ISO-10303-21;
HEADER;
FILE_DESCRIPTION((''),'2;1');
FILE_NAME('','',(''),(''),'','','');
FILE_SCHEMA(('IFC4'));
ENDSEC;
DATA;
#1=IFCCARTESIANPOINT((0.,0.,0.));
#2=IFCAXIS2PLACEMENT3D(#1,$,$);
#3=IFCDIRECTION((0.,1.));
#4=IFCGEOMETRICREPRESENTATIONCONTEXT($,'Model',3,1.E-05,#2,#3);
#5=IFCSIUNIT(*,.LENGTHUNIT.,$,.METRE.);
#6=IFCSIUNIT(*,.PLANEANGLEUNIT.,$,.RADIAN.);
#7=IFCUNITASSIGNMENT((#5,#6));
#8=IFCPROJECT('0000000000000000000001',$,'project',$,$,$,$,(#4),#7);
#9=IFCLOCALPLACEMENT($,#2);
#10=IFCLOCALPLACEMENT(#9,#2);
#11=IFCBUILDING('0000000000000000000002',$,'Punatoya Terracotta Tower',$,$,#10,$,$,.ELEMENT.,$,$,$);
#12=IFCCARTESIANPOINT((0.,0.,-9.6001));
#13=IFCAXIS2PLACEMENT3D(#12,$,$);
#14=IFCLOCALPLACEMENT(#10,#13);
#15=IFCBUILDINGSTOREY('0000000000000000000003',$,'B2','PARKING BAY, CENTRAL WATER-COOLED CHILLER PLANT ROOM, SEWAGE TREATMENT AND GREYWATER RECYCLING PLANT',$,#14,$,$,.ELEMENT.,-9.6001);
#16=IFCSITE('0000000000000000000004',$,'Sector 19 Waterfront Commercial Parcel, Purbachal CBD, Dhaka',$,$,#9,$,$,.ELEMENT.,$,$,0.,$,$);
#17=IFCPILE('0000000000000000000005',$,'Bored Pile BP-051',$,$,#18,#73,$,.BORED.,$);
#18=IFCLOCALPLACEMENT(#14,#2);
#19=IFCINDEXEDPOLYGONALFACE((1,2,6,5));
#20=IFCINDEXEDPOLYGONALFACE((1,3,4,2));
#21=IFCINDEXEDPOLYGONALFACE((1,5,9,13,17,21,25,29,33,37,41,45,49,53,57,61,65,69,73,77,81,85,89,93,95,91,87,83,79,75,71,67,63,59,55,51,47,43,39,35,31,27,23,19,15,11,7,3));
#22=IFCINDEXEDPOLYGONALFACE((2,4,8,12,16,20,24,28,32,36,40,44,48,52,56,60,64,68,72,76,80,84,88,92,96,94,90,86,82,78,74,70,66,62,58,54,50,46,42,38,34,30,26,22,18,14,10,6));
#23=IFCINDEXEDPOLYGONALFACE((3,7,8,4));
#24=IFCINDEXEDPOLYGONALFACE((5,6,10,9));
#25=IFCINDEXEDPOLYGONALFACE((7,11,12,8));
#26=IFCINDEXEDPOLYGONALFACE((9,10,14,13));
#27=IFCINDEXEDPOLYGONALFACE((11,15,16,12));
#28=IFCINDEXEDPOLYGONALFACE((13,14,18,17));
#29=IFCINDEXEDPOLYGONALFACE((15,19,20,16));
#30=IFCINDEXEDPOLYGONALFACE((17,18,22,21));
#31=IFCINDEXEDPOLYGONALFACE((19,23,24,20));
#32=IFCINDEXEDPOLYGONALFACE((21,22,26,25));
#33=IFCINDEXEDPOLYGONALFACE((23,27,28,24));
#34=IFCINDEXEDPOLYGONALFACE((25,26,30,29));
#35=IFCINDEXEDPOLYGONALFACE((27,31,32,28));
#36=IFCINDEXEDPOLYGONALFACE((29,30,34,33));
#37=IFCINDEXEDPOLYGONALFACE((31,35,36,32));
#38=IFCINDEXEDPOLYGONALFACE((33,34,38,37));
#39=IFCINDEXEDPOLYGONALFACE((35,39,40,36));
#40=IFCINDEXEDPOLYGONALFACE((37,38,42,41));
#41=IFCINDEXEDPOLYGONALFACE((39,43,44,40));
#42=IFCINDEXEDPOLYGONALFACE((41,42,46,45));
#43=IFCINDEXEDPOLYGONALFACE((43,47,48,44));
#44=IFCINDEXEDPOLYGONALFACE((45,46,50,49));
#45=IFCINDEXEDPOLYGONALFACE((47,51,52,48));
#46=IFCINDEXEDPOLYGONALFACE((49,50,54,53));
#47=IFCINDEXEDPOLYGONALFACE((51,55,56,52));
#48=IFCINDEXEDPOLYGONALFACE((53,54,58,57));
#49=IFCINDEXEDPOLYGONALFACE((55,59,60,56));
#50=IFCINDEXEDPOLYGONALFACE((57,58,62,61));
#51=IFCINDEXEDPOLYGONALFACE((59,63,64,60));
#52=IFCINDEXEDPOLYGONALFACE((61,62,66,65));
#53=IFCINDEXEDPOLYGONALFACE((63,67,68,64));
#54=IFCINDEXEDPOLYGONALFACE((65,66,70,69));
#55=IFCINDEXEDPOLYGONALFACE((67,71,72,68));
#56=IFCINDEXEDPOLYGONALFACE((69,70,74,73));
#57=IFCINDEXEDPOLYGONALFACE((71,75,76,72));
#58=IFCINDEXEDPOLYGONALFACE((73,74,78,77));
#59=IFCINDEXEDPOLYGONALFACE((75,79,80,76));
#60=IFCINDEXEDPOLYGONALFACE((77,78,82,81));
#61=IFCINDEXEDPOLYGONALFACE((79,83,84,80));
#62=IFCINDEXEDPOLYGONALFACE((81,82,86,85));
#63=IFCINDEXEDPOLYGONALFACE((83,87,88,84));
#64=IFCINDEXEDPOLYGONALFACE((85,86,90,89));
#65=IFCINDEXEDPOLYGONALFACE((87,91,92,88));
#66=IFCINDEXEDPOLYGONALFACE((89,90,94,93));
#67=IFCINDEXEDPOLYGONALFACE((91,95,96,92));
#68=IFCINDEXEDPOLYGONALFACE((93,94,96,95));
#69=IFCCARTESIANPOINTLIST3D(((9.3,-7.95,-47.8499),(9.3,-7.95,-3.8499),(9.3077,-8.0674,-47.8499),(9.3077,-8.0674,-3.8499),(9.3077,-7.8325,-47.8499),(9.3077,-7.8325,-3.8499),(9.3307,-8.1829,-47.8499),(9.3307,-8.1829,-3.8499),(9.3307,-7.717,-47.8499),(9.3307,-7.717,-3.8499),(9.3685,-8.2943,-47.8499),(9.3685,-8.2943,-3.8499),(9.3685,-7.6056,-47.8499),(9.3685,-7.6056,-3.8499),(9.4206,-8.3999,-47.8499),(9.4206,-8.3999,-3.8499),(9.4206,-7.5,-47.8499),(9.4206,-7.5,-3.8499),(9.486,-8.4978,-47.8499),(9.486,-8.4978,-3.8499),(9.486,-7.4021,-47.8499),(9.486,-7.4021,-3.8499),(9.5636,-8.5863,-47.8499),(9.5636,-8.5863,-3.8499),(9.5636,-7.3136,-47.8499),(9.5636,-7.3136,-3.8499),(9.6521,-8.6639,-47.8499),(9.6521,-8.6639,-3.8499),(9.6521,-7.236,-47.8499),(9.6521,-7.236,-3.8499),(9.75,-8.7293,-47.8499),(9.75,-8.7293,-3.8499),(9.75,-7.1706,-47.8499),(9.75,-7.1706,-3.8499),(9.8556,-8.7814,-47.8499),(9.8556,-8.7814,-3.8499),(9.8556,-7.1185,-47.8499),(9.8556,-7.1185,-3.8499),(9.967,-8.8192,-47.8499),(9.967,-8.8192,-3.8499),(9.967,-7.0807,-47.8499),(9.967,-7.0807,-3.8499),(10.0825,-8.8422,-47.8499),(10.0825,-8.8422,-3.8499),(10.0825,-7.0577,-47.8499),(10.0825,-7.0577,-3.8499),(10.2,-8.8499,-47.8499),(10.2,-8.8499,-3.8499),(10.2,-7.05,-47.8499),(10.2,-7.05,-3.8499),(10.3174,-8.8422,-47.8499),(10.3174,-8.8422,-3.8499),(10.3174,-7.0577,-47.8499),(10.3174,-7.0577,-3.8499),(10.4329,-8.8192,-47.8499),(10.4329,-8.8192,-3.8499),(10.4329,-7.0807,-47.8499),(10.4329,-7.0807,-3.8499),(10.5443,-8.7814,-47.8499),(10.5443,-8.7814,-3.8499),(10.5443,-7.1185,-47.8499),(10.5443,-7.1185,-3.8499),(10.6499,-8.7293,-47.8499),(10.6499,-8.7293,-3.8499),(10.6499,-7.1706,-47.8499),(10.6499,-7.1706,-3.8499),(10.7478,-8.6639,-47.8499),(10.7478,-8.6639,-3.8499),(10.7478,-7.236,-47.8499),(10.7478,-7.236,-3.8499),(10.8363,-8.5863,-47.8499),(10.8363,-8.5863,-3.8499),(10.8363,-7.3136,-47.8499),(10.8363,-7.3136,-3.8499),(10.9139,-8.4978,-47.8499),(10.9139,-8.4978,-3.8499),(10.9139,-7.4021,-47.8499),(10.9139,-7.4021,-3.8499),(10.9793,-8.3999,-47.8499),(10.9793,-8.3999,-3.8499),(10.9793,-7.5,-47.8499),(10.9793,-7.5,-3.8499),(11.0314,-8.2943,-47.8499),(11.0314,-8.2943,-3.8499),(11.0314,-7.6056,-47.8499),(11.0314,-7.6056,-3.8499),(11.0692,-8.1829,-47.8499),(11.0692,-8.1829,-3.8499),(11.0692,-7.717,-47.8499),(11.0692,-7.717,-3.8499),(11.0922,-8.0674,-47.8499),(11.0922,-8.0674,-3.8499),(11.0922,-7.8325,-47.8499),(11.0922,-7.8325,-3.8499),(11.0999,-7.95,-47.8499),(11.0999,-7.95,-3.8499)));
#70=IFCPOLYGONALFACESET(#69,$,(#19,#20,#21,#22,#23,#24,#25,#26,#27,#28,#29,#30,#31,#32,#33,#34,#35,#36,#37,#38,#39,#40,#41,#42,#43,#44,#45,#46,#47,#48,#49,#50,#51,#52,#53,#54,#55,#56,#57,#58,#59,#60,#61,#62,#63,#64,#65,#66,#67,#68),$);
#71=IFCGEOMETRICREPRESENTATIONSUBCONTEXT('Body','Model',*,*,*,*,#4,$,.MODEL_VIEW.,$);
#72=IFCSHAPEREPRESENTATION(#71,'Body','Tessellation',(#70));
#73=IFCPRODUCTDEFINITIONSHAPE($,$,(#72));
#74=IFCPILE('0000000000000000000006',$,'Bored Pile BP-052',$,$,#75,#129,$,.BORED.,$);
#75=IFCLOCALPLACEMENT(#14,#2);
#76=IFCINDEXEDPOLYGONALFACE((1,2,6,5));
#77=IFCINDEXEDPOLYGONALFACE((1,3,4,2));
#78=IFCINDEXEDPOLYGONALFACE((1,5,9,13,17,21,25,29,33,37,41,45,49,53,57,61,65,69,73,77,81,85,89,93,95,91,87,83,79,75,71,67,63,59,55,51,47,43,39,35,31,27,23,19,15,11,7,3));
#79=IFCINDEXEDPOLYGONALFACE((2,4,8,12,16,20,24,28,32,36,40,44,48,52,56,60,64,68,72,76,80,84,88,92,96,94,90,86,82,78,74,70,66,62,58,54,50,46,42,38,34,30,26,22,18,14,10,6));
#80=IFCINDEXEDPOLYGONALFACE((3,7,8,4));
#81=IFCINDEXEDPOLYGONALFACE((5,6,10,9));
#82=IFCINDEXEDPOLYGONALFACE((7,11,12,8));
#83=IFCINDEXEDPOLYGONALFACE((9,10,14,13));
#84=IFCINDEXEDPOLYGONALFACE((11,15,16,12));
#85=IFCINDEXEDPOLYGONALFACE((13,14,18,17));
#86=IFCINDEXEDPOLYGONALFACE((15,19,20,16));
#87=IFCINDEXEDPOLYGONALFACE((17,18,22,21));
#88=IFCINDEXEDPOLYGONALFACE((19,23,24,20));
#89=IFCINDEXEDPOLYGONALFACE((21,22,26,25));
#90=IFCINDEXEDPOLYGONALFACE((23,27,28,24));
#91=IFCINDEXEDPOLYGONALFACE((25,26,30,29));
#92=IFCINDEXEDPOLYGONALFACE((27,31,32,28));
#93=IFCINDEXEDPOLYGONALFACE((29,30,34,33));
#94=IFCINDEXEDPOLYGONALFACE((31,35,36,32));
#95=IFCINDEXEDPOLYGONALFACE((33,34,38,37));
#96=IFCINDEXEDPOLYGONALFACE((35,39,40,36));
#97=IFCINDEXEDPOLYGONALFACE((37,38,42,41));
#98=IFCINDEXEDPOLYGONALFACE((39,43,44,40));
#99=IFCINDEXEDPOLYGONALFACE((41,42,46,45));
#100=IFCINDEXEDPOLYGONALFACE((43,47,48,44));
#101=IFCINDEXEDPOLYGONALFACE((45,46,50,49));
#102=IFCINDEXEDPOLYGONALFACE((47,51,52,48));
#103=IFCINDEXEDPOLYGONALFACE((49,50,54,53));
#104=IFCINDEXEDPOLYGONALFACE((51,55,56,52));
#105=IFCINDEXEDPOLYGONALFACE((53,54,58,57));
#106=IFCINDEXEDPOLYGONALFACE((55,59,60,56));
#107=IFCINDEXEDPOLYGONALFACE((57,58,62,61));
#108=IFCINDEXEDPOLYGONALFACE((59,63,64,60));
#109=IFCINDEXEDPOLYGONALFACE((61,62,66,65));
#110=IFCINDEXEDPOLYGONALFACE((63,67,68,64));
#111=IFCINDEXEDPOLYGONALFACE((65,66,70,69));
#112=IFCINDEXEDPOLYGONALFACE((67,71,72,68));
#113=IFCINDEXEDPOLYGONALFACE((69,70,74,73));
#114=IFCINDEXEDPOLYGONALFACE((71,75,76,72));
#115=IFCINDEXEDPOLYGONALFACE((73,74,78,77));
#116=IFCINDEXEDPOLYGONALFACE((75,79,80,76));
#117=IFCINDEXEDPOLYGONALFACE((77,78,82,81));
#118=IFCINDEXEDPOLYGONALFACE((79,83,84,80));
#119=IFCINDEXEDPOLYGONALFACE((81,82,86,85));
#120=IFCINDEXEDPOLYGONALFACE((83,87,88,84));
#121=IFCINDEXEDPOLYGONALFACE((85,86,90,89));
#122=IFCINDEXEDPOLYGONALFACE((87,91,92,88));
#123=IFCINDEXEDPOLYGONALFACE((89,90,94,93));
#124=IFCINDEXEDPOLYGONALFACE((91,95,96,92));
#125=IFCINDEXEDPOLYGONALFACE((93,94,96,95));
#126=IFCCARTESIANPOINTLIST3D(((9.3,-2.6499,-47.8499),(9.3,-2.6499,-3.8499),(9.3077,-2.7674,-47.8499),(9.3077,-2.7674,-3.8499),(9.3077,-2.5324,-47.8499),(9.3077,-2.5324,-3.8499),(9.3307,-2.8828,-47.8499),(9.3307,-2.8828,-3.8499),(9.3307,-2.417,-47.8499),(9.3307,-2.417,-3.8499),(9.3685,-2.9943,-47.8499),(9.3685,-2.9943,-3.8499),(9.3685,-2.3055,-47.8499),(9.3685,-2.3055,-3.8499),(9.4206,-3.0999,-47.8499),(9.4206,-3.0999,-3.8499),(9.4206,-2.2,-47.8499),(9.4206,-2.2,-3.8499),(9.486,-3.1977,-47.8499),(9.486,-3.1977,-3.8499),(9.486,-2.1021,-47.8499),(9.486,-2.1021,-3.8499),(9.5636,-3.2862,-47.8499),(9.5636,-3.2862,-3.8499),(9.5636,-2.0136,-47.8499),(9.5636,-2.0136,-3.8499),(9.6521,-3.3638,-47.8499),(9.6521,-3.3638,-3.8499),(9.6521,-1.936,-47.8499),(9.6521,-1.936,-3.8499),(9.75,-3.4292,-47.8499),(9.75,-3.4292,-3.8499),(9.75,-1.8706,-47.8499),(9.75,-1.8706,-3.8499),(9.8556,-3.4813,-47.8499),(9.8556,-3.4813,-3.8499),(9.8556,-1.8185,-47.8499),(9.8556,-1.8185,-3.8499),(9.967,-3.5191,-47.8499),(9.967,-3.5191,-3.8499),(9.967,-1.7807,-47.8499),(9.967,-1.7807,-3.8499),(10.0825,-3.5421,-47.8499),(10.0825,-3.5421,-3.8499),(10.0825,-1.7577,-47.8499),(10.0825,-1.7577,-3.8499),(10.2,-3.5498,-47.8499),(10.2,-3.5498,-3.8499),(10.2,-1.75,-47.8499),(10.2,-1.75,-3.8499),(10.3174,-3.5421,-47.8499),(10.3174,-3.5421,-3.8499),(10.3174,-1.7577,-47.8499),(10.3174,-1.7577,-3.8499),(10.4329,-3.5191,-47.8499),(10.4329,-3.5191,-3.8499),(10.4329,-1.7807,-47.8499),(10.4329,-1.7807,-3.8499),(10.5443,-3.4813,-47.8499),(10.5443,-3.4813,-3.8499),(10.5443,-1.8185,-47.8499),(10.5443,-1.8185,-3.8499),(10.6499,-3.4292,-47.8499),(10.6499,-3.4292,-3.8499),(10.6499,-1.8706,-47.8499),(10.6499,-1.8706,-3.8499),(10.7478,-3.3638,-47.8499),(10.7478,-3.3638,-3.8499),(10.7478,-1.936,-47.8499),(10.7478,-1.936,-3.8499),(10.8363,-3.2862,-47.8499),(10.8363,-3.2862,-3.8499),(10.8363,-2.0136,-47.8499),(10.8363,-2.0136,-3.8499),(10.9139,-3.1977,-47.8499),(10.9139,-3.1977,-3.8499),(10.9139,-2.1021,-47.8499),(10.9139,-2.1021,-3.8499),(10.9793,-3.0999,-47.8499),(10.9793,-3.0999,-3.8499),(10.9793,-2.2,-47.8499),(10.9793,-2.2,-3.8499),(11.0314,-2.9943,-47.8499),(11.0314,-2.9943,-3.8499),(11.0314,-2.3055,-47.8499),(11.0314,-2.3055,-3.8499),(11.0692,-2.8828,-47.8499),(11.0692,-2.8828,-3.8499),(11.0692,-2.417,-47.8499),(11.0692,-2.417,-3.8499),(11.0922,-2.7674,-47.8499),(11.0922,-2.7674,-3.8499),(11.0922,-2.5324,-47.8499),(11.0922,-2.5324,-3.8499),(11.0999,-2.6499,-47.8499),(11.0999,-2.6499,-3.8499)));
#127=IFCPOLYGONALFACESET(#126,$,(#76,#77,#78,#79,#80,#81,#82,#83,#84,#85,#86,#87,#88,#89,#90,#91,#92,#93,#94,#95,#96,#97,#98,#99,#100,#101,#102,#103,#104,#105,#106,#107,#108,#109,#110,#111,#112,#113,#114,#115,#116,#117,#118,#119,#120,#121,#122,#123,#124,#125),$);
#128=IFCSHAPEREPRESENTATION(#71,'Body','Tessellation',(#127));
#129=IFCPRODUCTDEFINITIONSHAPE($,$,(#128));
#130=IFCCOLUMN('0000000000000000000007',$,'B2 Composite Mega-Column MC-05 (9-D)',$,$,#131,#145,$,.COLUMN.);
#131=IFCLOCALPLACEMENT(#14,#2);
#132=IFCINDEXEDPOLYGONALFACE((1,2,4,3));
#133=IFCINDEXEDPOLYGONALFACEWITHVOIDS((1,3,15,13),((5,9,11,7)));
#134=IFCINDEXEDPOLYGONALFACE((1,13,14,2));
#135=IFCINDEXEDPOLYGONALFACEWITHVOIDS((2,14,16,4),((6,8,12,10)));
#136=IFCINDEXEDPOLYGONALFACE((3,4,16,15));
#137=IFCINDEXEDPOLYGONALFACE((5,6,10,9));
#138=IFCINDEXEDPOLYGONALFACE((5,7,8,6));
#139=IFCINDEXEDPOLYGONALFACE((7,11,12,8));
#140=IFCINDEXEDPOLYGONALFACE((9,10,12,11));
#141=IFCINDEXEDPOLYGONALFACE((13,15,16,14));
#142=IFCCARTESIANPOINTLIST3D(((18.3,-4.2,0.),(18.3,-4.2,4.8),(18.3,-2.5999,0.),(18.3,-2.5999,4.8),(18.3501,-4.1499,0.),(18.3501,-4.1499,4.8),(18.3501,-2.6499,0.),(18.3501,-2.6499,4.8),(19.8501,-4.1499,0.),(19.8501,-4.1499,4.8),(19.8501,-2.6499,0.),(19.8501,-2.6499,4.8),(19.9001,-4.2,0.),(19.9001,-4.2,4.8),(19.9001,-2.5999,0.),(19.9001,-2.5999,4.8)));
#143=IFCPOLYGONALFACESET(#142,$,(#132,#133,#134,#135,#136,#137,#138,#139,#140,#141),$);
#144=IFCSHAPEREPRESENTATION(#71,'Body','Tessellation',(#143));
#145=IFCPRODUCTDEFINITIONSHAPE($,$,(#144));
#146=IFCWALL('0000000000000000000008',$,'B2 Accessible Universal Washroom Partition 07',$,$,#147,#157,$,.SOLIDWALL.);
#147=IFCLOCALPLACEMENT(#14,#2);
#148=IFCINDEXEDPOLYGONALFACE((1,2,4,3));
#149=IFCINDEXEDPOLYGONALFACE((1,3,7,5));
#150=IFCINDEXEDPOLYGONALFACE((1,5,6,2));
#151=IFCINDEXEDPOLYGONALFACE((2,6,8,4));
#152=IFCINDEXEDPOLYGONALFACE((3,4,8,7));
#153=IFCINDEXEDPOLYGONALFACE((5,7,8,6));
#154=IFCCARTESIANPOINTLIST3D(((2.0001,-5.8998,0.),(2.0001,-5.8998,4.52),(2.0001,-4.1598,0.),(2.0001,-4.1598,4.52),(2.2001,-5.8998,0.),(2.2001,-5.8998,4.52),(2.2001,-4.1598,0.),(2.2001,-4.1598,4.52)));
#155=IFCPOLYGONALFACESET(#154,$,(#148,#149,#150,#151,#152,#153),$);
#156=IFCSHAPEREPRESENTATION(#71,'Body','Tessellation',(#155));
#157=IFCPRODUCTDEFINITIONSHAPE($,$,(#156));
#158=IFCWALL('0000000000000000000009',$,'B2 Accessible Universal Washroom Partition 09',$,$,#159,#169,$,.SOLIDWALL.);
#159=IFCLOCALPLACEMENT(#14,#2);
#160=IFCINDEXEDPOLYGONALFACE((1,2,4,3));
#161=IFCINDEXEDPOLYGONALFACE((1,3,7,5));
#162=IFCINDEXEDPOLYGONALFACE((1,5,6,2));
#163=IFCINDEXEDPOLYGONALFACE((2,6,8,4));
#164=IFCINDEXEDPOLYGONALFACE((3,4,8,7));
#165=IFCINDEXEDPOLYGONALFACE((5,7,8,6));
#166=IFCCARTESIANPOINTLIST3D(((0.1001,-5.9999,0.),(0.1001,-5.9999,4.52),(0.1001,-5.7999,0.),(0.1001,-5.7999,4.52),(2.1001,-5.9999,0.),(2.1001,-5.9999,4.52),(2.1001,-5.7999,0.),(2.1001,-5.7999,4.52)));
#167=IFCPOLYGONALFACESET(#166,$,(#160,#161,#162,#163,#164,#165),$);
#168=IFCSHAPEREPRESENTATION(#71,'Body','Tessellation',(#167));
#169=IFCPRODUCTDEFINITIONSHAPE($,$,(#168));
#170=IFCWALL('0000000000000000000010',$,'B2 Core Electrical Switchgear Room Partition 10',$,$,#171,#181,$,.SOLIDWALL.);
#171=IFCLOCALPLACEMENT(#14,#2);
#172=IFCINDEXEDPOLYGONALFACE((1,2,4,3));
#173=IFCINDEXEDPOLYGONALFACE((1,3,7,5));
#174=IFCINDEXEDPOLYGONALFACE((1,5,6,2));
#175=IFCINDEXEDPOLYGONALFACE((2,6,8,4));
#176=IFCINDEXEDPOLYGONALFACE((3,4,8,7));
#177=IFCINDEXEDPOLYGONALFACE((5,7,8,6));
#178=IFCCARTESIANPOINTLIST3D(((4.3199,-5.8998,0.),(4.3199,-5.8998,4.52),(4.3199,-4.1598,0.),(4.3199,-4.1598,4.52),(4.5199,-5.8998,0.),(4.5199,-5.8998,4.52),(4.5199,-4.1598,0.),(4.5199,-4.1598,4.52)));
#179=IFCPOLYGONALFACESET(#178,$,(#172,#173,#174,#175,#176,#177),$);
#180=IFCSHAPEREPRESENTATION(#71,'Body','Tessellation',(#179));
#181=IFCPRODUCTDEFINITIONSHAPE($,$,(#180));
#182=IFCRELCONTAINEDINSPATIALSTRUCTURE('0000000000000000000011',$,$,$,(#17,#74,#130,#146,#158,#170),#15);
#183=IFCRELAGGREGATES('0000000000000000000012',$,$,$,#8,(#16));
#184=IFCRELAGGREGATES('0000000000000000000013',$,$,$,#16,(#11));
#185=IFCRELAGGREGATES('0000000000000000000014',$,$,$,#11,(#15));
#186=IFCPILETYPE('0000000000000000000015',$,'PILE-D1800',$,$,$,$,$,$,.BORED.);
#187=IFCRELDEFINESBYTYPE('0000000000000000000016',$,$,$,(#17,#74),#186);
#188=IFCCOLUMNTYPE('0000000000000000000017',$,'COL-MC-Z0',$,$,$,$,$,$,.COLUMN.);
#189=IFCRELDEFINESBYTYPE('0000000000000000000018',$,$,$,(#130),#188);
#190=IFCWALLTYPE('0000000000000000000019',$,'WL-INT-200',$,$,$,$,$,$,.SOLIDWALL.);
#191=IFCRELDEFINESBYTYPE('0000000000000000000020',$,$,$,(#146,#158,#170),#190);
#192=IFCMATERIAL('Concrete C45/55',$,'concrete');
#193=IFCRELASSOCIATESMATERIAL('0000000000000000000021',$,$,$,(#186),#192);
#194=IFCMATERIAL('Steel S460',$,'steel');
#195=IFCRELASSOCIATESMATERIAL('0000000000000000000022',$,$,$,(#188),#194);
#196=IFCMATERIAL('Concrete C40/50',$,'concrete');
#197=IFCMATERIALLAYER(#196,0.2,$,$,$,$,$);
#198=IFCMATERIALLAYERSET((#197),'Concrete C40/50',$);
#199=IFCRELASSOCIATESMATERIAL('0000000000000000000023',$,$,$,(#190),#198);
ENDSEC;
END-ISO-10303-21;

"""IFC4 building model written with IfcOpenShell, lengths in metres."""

from ifc_helpers import new_model, si_unit, direction, frame, frame_2d, origin, origin_2d, place, context, subcontext, project, spatial, rectangle, hollow_rectangle, circle, extrude, material, layer, layer_set, material_profile, profile_set, type_object, element, save


model = new_model("IFC4")

# Units and contexts
model_context = context("Model", 3, precision=1e-05, world=origin(), true_north=direction((0.0, 1.0)))
body_context = subcontext(model_context, "Body", "Model", "MODEL_VIEW")
ifc_project = project(units=[si_unit("LENGTHUNIT", "METRE"), si_unit("PLANEANGLEUNIT", "RADIAN")], contexts=[model_context])

# Site, building, storey
site_placement = place(None, origin())
site = spatial("IfcSite", under=ifc_project, at=site_placement, Name="Sector 19 Waterfront Commercial Parcel, Purbachal CBD, Dhaka", CompositionType="ELEMENT", RefElevation=0.0)
building_placement = place(site_placement, origin())
building = spatial("IfcBuilding", under=site, at=building_placement, Name="Punatoya Terracotta Tower", CompositionType="ELEMENT")
storey_placement = place(building_placement, frame((0.0, 0.0, -9.6001)))
storey = spatial("IfcBuildingStorey", under=building, at=storey_placement, Name="B2", Description="PARKING BAY, CENTRAL WATER-COOLED CHILLER PLANT ROOM, SEWAGE TREATMENT AND GREYWATER RECYCLING PLANT", CompositionType="ELEMENT", Elevation=-9.6001)

# Shared definitions
ifc_material_1 = material(Name="Concrete C45/55", Category="concrete")

# Piles
ifc_material_profile_1 = material_profile(ifc_material_1, circle(Radius=0.8999, at=origin_2d()))
ifc_profile_set_1 = profile_set([ifc_material_profile_1], Name="Concrete C45/55")
pile_type_1 = type_object("IfcPileType", Name="PILE-D1800", PredefinedType="BORED", material=ifc_profile_set_1)
for number, where, z_axis, x_axis, name in (
    (1, (10.2, -7.95, -3.8499), (0.0, 0.0, -1.0), (1.0, 0.0, 0.0), "Bored Pile BP-051"),
    (2, (10.2, -2.6499, -3.8499), (0.0, 0.0, -1.0), (1.0, 0.0, 0.0), "Bored Pile BP-052"),
):
    element("IfcPile", number, at=place(storey_placement, frame(where, z_axis=z_axis, x_axis=x_axis)), inside=storey, type_object=pile_type_1, Name=name, PredefinedType="BORED", context=body_context, shape_type="SweptSolid", body=[
        extrude(circle(Radius=0.8999, at=origin_2d()), origin(), (0.0, 0.0, 1.0), 44.0),
    ])

# Column
ifc_material_2 = material(Name="Steel S460", Category="steel")
ifc_material_profile_2 = material_profile(ifc_material_2, hollow_rectangle(XDim=1.6001, YDim=1.6001, WallThickness=0.05, at=origin_2d()))
ifc_profile_set_2 = profile_set([ifc_material_profile_2], Name="Steel S460")
column_type = type_object("IfcColumnType", Name="COL-MC-Z0", PredefinedType="COLUMN", material=ifc_profile_set_2)
column_placement = place(storey_placement, frame((19.1001, -3.3999, 0.0), z_axis=(0.0, 0.0, 1.0), x_axis=(1.0, 0.0, 0.0)))
element("IfcColumn", 3, at=column_placement, inside=storey, type_object=column_type, Name="B2 Composite Mega-Column MC-05 (9-D)", PredefinedType="COLUMN", context=body_context, shape_type="SweptSolid", body=[
    extrude(hollow_rectangle(XDim=1.6001, YDim=1.6001, WallThickness=0.05, at=origin_2d()), origin(), (0.0, 0.0, 1.0), 4.8),
])

# Wall
ifc_material_3 = material(Name="Concrete C40/50", Category="concrete")
ifc_layer_1 = layer(ifc_material_3, 0.2)
ifc_layer_set_1 = layer_set([ifc_layer_1], Name="Concrete C40/50")
wall_type_1 = type_object("IfcWallType", Name="WL-INT-200", PredefinedType="SOLIDWALL", material=ifc_layer_set_1)
wall_1_placement = place(storey_placement, frame((2.1001, -5.8999, 0.0), z_axis=(0.0, 0.0, 1.0), x_axis=(0.0, 1.0, 0.0)))
element("IfcWall", 4, at=wall_1_placement, inside=storey, type_object=wall_type_1, Name="B2 Accessible Universal Washroom Partition 07", PredefinedType="SOLIDWALL", context=body_context, shape_type="SweptSolid", body=[
    extrude(rectangle(XDim=1.74, YDim=0.2, at=frame_2d((0.8701, 0.0))), origin(), (0.0, 0.0, 1.0), 4.52),
])

# Walls
wall_2_placement = place(storey_placement, frame((0.1001, -5.8999, 0.0), z_axis=(0.0, 0.0, 1.0), x_axis=(1.0, 0.0, 0.0)))
element("IfcWall", 5, at=wall_2_placement, inside=storey, type_object=wall_type_1, Name="B2 Accessible Universal Washroom Partition 09", PredefinedType="SOLIDWALL", context=body_context, shape_type="SweptSolid", body=[
    extrude(rectangle(XDim=2.0, YDim=0.2, at=frame_2d((1.0, 0.0))), origin(), (0.0, 0.0, 1.0), 4.52),
])
wall_3_placement = place(storey_placement, frame((4.4199, -5.8999, 0.0), z_axis=(0.0, 0.0, 1.0), x_axis=(0.0, 1.0, 0.0)))
element("IfcWall", 6, at=wall_3_placement, inside=storey, type_object=wall_type_1, Name="B2 Core Electrical Switchgear Room Partition 10", PredefinedType="SOLIDWALL", context=body_context, shape_type="SweptSolid", body=[
    extrude(rectangle(XDim=1.74, YDim=0.2, at=frame_2d((0.8701, 0.0))), origin(), (0.0, 0.0, 1.0), 4.52),
])

save(model, "model.ifc")
